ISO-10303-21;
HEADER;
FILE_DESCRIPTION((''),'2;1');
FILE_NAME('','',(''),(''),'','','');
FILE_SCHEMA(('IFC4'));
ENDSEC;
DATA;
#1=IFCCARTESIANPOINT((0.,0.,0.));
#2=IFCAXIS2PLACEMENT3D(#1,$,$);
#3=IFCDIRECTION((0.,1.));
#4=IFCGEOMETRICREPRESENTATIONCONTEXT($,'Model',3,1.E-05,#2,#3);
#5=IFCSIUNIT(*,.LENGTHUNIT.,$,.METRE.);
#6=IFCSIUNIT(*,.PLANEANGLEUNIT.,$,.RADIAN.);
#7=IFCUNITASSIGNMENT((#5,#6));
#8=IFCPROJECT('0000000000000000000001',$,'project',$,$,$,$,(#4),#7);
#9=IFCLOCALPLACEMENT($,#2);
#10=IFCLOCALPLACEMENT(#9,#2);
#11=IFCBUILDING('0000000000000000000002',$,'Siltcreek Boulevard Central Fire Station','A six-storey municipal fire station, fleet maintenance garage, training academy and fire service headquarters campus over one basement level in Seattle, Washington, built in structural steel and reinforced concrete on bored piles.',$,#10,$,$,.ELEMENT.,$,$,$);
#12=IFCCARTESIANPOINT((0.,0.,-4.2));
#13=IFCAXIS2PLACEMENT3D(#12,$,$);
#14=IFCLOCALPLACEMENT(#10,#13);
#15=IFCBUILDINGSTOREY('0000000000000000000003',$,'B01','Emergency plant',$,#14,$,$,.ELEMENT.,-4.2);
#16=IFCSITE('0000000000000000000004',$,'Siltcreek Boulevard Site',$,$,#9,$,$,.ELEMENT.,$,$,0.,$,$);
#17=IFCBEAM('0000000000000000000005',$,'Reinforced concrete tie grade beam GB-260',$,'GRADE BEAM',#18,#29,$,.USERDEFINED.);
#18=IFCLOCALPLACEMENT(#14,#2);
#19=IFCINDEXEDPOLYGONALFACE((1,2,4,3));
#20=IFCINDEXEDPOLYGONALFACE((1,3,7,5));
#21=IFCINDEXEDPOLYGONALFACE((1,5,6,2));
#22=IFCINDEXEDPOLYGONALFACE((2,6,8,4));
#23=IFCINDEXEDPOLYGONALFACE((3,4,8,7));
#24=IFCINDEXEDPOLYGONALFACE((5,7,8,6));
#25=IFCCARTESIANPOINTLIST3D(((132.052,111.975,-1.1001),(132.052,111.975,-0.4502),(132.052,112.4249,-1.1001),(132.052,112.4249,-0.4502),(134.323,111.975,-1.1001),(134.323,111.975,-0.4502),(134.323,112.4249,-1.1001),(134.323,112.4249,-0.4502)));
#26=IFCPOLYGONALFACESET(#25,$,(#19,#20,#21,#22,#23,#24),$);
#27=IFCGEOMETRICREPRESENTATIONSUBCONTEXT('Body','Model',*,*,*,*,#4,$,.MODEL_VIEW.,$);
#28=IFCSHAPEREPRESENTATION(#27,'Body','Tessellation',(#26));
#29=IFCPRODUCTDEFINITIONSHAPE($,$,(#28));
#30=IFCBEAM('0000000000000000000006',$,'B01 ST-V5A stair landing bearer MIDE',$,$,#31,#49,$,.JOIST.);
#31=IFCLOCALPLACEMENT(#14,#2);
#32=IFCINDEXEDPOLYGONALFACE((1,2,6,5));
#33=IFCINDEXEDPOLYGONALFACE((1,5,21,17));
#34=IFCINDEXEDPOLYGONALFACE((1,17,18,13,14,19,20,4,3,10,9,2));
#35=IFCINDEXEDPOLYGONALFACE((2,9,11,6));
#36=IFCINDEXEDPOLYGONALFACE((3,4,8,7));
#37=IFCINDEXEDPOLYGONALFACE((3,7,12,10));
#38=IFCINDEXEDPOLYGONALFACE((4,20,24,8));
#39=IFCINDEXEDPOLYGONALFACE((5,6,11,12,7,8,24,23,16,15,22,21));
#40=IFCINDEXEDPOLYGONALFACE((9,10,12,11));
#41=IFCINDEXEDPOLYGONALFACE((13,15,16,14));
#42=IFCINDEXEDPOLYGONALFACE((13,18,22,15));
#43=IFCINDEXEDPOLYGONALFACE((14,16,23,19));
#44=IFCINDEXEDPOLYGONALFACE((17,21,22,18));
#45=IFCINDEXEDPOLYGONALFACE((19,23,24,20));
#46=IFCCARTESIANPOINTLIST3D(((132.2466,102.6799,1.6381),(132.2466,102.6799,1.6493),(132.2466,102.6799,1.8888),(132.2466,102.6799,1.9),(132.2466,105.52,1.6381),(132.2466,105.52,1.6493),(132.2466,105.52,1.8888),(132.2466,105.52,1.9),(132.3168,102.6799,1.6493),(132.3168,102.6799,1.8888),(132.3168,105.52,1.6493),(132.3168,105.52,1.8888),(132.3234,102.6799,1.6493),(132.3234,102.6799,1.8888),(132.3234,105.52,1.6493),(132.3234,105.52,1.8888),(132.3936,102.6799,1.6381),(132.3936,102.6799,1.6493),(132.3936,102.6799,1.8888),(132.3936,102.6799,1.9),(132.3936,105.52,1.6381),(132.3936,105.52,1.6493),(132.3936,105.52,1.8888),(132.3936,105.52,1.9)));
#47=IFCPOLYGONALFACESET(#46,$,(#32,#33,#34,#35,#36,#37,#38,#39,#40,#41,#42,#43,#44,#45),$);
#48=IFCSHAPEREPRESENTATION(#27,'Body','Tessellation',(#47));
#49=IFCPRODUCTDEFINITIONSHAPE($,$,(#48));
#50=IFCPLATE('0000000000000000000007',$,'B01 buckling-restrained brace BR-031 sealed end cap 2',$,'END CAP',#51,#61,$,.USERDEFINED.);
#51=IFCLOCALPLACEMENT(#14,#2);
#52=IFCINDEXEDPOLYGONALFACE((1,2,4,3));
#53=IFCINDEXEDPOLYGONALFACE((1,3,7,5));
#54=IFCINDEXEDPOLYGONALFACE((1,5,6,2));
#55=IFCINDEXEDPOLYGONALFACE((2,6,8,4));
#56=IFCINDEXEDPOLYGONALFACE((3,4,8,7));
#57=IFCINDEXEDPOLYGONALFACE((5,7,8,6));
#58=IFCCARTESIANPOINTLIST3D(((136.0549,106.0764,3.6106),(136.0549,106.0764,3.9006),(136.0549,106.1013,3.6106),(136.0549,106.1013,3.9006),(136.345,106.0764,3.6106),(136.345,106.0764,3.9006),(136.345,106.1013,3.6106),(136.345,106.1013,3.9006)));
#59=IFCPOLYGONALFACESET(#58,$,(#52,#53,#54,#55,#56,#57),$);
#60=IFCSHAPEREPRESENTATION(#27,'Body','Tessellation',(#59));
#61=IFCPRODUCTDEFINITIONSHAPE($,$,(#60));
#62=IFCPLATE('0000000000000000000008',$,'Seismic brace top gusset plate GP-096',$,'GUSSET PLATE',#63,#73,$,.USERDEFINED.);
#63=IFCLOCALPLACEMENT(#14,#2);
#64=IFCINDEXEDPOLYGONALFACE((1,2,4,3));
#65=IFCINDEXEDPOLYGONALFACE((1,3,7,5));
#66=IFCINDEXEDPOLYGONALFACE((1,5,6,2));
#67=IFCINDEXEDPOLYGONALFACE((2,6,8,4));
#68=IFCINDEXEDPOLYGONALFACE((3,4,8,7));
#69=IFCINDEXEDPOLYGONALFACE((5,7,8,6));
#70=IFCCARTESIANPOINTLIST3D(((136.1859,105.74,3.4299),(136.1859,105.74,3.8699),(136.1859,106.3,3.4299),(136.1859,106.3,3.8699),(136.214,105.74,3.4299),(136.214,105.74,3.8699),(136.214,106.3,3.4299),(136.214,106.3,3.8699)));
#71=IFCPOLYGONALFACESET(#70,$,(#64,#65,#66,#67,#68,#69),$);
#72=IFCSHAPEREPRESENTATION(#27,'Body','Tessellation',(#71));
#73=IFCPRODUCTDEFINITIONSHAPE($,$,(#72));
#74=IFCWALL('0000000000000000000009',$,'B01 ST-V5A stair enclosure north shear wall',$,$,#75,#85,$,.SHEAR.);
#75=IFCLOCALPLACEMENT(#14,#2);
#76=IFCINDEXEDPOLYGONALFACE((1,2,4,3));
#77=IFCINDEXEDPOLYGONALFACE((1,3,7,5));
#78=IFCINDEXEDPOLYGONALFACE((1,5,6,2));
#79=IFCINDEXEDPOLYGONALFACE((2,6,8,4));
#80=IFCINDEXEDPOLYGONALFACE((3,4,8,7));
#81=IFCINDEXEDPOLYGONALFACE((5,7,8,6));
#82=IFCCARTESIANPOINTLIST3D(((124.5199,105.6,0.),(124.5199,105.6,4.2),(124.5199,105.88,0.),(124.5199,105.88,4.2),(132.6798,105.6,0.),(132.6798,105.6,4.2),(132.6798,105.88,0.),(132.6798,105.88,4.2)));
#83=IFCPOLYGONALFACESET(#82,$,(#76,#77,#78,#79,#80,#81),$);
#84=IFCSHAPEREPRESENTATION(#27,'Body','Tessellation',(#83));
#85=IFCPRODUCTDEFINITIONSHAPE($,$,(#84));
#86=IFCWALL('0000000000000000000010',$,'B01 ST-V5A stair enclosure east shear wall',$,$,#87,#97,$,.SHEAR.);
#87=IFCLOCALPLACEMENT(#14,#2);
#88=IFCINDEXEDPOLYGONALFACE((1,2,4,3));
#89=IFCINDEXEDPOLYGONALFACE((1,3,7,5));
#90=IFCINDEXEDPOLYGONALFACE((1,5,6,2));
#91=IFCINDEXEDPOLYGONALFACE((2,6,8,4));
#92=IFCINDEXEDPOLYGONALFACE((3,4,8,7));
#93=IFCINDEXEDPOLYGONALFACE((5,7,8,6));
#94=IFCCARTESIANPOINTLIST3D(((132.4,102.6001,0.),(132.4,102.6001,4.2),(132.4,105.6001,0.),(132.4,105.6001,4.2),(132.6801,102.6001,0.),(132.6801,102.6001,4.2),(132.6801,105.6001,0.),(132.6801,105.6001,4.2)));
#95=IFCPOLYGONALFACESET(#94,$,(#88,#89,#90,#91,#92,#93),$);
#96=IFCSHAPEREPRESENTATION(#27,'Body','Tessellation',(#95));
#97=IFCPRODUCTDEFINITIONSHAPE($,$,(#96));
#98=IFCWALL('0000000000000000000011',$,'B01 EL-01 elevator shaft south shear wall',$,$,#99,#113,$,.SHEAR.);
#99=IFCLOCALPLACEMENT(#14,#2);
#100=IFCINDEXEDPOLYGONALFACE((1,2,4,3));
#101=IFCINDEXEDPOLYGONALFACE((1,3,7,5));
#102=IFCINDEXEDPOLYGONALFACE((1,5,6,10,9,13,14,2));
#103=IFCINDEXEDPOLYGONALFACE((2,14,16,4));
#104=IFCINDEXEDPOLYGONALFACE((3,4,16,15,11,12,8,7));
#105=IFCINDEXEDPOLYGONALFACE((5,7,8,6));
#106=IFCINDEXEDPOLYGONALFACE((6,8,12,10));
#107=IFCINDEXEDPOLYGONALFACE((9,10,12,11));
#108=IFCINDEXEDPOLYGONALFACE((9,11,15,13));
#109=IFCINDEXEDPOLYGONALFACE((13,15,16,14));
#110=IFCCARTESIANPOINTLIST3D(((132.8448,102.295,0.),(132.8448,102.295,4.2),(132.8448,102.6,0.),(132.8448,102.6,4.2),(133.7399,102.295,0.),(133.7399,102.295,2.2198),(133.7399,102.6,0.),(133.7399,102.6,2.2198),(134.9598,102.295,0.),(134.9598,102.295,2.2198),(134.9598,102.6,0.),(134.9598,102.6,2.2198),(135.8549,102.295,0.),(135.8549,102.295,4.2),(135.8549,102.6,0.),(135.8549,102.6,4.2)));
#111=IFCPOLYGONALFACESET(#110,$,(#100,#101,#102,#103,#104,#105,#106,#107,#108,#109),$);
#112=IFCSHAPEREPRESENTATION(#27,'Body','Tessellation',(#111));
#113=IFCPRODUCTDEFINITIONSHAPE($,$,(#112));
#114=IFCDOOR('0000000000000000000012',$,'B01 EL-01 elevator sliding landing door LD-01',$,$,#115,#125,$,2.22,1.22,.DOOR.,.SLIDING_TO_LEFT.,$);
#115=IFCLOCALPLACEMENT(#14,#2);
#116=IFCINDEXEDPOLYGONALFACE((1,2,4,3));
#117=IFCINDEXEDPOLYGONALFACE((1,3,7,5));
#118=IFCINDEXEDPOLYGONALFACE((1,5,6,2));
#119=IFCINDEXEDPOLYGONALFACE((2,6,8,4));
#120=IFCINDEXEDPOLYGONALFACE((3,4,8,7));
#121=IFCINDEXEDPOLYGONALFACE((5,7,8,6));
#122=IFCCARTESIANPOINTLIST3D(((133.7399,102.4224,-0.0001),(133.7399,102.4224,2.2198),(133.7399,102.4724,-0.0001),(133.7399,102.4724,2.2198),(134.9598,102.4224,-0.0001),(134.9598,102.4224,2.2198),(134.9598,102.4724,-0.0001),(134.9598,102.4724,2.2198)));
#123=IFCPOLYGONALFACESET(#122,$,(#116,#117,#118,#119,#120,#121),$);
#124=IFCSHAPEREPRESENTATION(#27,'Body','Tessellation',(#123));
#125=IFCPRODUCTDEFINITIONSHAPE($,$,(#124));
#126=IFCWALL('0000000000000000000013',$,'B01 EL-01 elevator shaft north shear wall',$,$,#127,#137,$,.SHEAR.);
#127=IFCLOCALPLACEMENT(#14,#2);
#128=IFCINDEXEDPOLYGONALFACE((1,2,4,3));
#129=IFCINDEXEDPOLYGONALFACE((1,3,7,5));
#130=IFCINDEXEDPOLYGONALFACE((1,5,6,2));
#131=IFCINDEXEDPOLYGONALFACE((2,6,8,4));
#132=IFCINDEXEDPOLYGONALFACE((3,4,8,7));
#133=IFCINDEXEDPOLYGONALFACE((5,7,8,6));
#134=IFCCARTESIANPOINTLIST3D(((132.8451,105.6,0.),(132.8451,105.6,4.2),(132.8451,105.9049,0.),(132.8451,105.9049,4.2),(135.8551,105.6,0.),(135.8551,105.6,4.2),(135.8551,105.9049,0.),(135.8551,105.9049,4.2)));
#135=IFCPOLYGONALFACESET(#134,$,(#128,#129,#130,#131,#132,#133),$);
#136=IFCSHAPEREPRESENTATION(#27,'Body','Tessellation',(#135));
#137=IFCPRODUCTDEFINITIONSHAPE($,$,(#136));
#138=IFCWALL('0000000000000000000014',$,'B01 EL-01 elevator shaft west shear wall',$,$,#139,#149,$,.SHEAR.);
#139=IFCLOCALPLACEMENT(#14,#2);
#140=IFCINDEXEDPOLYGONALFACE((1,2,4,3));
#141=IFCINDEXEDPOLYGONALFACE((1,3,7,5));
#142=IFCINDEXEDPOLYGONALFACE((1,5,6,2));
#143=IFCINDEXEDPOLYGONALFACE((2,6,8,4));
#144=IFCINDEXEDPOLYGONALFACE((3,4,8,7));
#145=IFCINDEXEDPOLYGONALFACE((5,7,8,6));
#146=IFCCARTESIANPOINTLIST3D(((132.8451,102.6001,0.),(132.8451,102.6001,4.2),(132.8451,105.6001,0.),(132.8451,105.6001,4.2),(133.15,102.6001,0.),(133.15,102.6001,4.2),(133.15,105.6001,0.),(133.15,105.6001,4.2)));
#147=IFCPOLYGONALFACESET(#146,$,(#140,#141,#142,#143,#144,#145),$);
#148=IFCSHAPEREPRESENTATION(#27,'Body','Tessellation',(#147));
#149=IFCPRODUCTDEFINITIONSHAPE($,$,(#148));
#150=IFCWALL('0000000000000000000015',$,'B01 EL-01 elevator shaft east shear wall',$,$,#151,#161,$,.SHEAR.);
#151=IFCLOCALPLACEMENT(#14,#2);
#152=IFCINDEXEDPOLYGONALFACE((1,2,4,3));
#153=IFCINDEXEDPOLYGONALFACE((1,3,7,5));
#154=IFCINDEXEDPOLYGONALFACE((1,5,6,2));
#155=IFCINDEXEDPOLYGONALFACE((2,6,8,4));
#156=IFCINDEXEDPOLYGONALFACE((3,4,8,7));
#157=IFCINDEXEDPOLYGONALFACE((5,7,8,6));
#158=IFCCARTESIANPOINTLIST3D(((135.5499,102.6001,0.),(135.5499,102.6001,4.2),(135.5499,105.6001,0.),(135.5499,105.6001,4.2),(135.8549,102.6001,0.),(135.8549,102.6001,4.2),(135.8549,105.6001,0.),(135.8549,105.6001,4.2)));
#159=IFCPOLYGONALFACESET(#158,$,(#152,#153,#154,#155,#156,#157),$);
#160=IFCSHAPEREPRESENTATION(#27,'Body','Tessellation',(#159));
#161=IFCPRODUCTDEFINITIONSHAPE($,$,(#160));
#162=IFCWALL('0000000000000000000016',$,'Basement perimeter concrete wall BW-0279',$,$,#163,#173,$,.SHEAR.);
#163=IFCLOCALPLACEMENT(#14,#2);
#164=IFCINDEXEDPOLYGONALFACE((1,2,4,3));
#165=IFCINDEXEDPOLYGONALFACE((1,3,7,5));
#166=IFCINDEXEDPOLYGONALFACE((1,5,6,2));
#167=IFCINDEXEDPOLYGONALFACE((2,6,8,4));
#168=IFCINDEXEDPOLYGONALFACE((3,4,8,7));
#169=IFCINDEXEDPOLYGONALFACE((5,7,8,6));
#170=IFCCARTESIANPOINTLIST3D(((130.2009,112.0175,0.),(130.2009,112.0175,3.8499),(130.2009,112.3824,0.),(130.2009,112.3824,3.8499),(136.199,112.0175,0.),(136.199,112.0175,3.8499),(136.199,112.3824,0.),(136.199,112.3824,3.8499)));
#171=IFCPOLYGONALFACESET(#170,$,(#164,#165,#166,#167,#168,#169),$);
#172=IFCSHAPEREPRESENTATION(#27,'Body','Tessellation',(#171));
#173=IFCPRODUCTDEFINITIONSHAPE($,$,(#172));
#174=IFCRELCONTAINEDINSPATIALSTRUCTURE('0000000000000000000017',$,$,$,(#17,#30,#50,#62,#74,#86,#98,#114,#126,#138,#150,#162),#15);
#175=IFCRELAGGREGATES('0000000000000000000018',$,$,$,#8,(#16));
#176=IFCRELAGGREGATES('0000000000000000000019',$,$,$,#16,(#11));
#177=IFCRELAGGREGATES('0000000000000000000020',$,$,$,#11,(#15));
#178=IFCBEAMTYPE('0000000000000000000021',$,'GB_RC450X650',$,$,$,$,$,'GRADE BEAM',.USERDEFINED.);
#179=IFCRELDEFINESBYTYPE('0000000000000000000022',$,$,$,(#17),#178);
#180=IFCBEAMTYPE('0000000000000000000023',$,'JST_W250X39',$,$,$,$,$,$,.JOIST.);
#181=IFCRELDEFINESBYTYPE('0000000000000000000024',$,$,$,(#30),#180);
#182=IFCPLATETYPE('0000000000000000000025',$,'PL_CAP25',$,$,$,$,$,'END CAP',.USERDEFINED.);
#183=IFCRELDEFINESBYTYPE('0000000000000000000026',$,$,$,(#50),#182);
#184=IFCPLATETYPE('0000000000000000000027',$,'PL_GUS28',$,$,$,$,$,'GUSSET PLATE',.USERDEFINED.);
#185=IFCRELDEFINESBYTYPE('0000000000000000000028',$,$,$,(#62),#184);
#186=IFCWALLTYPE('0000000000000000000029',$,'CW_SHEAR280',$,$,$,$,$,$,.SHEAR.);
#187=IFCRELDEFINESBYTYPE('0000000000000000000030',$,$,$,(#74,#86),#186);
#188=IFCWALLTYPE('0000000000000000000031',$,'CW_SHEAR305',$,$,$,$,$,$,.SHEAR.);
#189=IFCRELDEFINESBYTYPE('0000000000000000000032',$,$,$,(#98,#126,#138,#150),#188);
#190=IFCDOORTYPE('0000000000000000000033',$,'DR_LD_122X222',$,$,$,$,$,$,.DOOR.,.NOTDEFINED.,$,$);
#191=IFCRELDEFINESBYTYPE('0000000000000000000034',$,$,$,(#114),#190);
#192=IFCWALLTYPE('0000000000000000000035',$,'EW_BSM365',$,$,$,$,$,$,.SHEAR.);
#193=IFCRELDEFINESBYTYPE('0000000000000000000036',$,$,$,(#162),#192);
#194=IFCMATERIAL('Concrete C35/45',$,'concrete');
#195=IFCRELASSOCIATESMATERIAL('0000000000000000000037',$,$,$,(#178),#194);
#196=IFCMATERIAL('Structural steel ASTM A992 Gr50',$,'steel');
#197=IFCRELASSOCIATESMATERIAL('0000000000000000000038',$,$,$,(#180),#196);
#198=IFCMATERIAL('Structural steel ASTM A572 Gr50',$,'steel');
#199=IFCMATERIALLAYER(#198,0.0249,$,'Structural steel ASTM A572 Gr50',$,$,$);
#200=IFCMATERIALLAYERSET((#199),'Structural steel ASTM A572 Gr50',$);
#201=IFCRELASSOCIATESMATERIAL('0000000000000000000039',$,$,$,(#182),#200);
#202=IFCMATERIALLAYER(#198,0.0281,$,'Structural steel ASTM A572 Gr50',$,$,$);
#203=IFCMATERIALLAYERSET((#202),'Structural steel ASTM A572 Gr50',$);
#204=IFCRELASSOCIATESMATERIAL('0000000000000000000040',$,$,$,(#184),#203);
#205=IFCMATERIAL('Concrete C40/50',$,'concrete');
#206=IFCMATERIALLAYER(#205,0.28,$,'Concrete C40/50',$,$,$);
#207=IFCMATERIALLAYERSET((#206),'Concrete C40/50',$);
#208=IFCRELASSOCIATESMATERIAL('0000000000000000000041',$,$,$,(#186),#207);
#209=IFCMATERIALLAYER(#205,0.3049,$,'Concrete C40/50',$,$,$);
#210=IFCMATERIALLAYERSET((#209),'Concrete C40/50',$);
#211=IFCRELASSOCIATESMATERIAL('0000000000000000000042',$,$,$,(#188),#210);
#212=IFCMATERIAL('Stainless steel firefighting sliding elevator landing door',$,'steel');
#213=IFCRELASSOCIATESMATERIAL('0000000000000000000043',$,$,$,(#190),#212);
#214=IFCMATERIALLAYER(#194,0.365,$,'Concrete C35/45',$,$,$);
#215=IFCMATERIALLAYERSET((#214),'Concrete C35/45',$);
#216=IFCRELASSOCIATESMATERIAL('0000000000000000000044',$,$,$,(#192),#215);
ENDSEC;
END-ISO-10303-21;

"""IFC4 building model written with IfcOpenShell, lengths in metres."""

from ifc_helpers import new_model, si_unit, direction, frame, frame_2d, origin, origin_2d, place, context, subcontext, project, spatial, rectangle, i_section, extrude, material, layer, layer_set, material_profile, profile_set, type_object, element, fill, save


model = new_model("IFC4")

# Units and contexts
model_context = context("Model", 3, precision=1e-05, world=origin(), true_north=direction((0.0, 1.0)))
body_context = subcontext(model_context, "Body", "Model", "MODEL_VIEW")
ifc_project = project(units=[si_unit("LENGTHUNIT", "METRE"), si_unit("PLANEANGLEUNIT", "RADIAN")], contexts=[model_context])

# Site, building, storey
site_placement = place(None, origin())
site = spatial("IfcSite", under=ifc_project, at=site_placement, Name="Siltcreek Boulevard Site", CompositionType="ELEMENT", RefElevation=0.0)
building_placement = place(site_placement, origin())
building = spatial("IfcBuilding", under=site, at=building_placement, Name="Siltcreek Boulevard Central Fire Station", Description="A six-storey municipal fire station, fleet maintenance garage, training academy and fire service headquarters campus over one basement level in Seattle, Washington, built in structural steel and reinforced concrete on bored piles.", CompositionType="ELEMENT")
storey_placement = place(building_placement, frame((0.0, 0.0, -4.2)))
storey = spatial("IfcBuildingStorey", under=building, at=storey_placement, Name="B01", Description="Emergency plant", CompositionType="ELEMENT", Elevation=-4.2)

# Shared definitions
ifc_material_1 = material(Name="Concrete C35/45", Category="concrete")

# Shared definitions
ifc_material_2 = material(Name="Structural steel ASTM A992 Gr50", Category="steel")

# Beams
ifc_material_profile_1 = material_profile(ifc_material_1, rectangle(XDim=0.45, YDim=0.6499, at=origin_2d()), Name="RC450X650")
ifc_profile_set_1 = profile_set([ifc_material_profile_1], Name="Concrete C35/45")
beam_type_1 = type_object("IfcBeamType", Name="GB_RC450X650", ElementType="GRADE BEAM", PredefinedType="USERDEFINED", material=ifc_profile_set_1)
beam_1_placement = place(storey_placement, frame((132.052, 112.2, -0.7751), z_axis=(1.0, 0.0, 0.0), x_axis=(0.0, 1.0, 0.0)))
element("IfcBeam", 1, at=beam_1_placement, inside=storey, type_object=beam_type_1, Name="Reinforced concrete tie grade beam GB-260", ObjectType="GRADE BEAM", PredefinedType="USERDEFINED", context=body_context, shape_type="SweptSolid", body=[
    extrude(rectangle(XDim=0.45, YDim=0.6499, at=origin_2d()), origin(), (0.0, 0.0, 1.0), 2.271),
])
ifc_material_profile_2 = material_profile(ifc_material_2, i_section(OverallWidth=0.147, OverallDepth=0.262, WebThickness=0.0066, FlangeThickness=0.0112, at=origin_2d()), Name="W250X39")
ifc_profile_set_2 = profile_set([ifc_material_profile_2], Name="Structural steel ASTM A992 Gr50")
beam_type_2 = type_object("IfcBeamType", Name="JST_W250X39", PredefinedType="JOIST", material=ifc_profile_set_2)
beam_2_placement = place(storey_placement, frame((132.3201, 102.6799, 1.769), z_axis=(0.0, 1.0, 0.0), x_axis=(-1.0, 0.0, 0.0)))
element("IfcBeam", 2, at=beam_2_placement, inside=storey, type_object=beam_type_2, Name="B01 ST-V5A stair landing bearer MIDE", PredefinedType="JOIST", context=body_context, shape_type="SweptSolid", body=[
    extrude(i_section(OverallWidth=0.147, OverallDepth=0.262, WebThickness=0.0066, FlangeThickness=0.0112, at=origin_2d()), origin(), (0.0, 0.0, 1.0), 2.8401),
])

# Plates
ifc_material_3 = material(Name="Structural steel ASTM A572 Gr50", Category="steel")
ifc_layer_1 = layer(ifc_material_3, 0.0249, Name="Structural steel ASTM A572 Gr50")
ifc_layer_set_1 = layer_set([ifc_layer_1], Name="Structural steel ASTM A572 Gr50")
plate_type_1 = type_object("IfcPlateType", Name="PL_CAP25", ElementType="END CAP", PredefinedType="USERDEFINED", material=ifc_layer_set_1)
plate_1_placement = place(storey_placement, frame((136.2, 106.0889, 3.6106), z_axis=(0.0, 0.0, 1.0), x_axis=(0.0, 1.0, 0.0)))
element("IfcPlate", 3, at=plate_1_placement, inside=storey, type_object=plate_type_1, Name="B01 buckling-restrained brace BR-031 sealed end cap 2", ObjectType="END CAP", PredefinedType="USERDEFINED", context=body_context, shape_type="SweptSolid", body=[
    extrude(rectangle(XDim=0.0249, YDim=0.29, at=origin_2d()), origin(), (0.0, 0.0, 1.0), 0.29),
])
ifc_layer_2 = layer(ifc_material_3, 0.0281, Name="Structural steel ASTM A572 Gr50")
ifc_layer_set_2 = layer_set([ifc_layer_2], Name="Structural steel ASTM A572 Gr50")
plate_type_2 = type_object("IfcPlateType", Name="PL_GUS28", ElementType="GUSSET PLATE", PredefinedType="USERDEFINED", material=ifc_layer_set_2)
plate_2_placement = place(storey_placement, frame((136.2, 106.02, 3.4299), z_axis=(0.0, 0.0, 1.0), x_axis=(0.0, 1.0, 0.0)))
element("IfcPlate", 4, at=plate_2_placement, inside=storey, type_object=plate_type_2, Name="Seismic brace top gusset plate GP-096", ObjectType="GUSSET PLATE", PredefinedType="USERDEFINED", context=body_context, shape_type="SweptSolid", body=[
    extrude(rectangle(XDim=0.5601, YDim=0.0281, at=origin_2d()), origin(), (0.0, 0.0, 1.0), 0.4399),
])

# Walls
ifc_material_4 = material(Name="Concrete C40/50", Category="concrete")
ifc_layer_3 = layer(ifc_material_4, 0.28, Name="Concrete C40/50")
ifc_layer_set_3 = layer_set([ifc_layer_3], Name="Concrete C40/50")
wall_type_1 = type_object("IfcWallType", Name="CW_SHEAR280", PredefinedType="SHEAR", material=ifc_layer_set_3)
wall_1_placement = place(storey_placement, frame((132.6799, 105.74, 0.0), z_axis=(0.0, 0.0, 1.0), x_axis=(-1.0, 0.0, 0.0)))
element("IfcWall", 5, at=wall_1_placement, inside=storey, type_object=wall_type_1, Name="B01 ST-V5A stair enclosure north shear wall", PredefinedType="SHEAR", context=body_context, shape_type="SweptSolid", body=[
    extrude(rectangle(XDim=8.1599, YDim=0.28, at=frame_2d((4.0801, 0.0))), origin(), (0.0, 0.0, 1.0), 4.2),
])
wall_2_placement = place(storey_placement, frame((132.54, 102.6001, 0.0), z_axis=(0.0, 0.0, 1.0), x_axis=(0.0, 1.0, 0.0)))
element("IfcWall", 6, at=wall_2_placement, inside=storey, type_object=wall_type_1, Name="B01 ST-V5A stair enclosure east shear wall", PredefinedType="SHEAR", context=body_context, shape_type="SweptSolid", body=[
    extrude(rectangle(XDim=3.0, YDim=0.28, at=frame_2d((1.5, 0.0))), origin(), (0.0, 0.0, 1.0), 4.2),
])

# Wall, opening, door
ifc_layer_4 = layer(ifc_material_4, 0.3049, Name="Concrete C40/50")
ifc_layer_set_4 = layer_set([ifc_layer_4], Name="Concrete C40/50")
wall_type_2 = type_object("IfcWallType", Name="CW_SHEAR305", PredefinedType="SHEAR", material=ifc_layer_set_4)
wall_3_placement = place(storey_placement, frame((132.845, 102.4475, 0.0), z_axis=(0.0, 0.0, 1.0), x_axis=(1.0, 0.0, 0.0)))
wall_3 = element("IfcWall", 7, at=wall_3_placement, inside=storey, type_object=wall_type_2, Name="B01 EL-01 elevator shaft south shear wall", PredefinedType="SHEAR", context=body_context, shape_type="SweptSolid", body=[
    extrude(rectangle(XDim=3.01, YDim=0.3049, at=frame_2d((1.5049, 0.0))), origin(), (0.0, 0.0, 1.0), 4.2),
])
opening_placement = place(wall_3_placement, frame((0.895, 0.0, 0.0)))
opening = element("IfcOpeningElement", 8, at=opening_placement, cuts=wall_3, PredefinedType="OPENING", context=body_context, shape_type="SweptSolid", body=[
    extrude(rectangle(XDim=1.22, YDim=2.22, at=frame_2d((0.6099, 1.1099))), frame((0.0, 0.1624, 0.0), z_axis=(0.0, -1.0, 0.0), x_axis=(1.0, 0.0, 0.0)), (0.0, 0.0, 1.0), 0.325),
])
ifc_material_5 = material(Name="Stainless steel firefighting sliding elevator landing door", Category="steel")
door_type = type_object("IfcDoorType", Name="DR_LD_122X222", OperationType="NOTDEFINED", PredefinedType="DOOR", material=ifc_material_5)
door_placement = place(opening_placement, origin())
door = element("IfcDoor", 9, at=door_placement, inside=storey, type_object=door_type, Name="B01 EL-01 elevator sliding landing door LD-01", OperationType="SLIDING_TO_LEFT", OverallHeight=2.22, OverallWidth=1.22, PredefinedType="DOOR", context=body_context, shape_type="SweptSolid", body=[
    extrude(rectangle(XDim=1.22, YDim=2.22, at=frame_2d((0.6099, 1.1099))), frame((0.0, 0.0249, 0.0), z_axis=(0.0, -1.0, 0.0), x_axis=(1.0, 0.0, 0.0)), (0.0, 0.0, 1.0), 0.05),
])
fill(opening, door)

# Walls
wall_4_placement = place(storey_placement, frame((135.855, 105.7524, 0.0), z_axis=(0.0, 0.0, 1.0), x_axis=(-1.0, 0.0, 0.0)))
element("IfcWall", 10, at=wall_4_placement, inside=storey, type_object=wall_type_2, Name="B01 EL-01 elevator shaft north shear wall", PredefinedType="SHEAR", context=body_context, shape_type="SweptSolid", body=[
    extrude(rectangle(XDim=3.01, YDim=0.3049, at=frame_2d((1.5049, 0.0))), origin(), (0.0, 0.0, 1.0), 4.2),
])
for number, where, z_axis, x_axis, name in (
    (11, (132.9976, 105.6001, 0.0), (0.0, 0.0, 1.0), (0.0, -1.0, 0.0), "B01 EL-01 elevator shaft west shear wall"),
    (12, (135.7024, 102.6001, 0.0), (0.0, 0.0, 1.0), (0.0, 1.0, 0.0), "B01 EL-01 elevator shaft east shear wall"),
):
    element("IfcWall", number, at=place(storey_placement, frame(where, z_axis=z_axis, x_axis=x_axis)), inside=storey, type_object=wall_type_2, Name=name, PredefinedType="SHEAR", context=body_context, shape_type="SweptSolid", body=[
        extrude(rectangle(XDim=3.0, YDim=0.3049, at=frame_2d((1.5, 0.0))), origin(), (0.0, 0.0, 1.0), 4.2),
    ])
ifc_layer_5 = layer(ifc_material_1, 0.365, Name="Concrete C35/45")
ifc_layer_set_5 = layer_set([ifc_layer_5], Name="Concrete C35/45")
wall_type_3 = type_object("IfcWallType", Name="EW_BSM365", PredefinedType="SHEAR", material=ifc_layer_set_5)
wall_5_placement = place(storey_placement, frame((136.199, 112.2, 0.0), z_axis=(0.0, 0.0, 1.0), x_axis=(-1.0, 0.0, 0.0)))
element("IfcWall", 13, at=wall_5_placement, inside=storey, type_object=wall_type_3, Name="Basement perimeter concrete wall BW-0279", PredefinedType="SHEAR", context=body_context, shape_type="SweptSolid", body=[
    extrude(rectangle(XDim=5.998, YDim=0.365, at=frame_2d((2.999, 0.0))), origin(), (0.0, 0.0, 1.0), 3.8499),
])

save(model, "model.ifc")
